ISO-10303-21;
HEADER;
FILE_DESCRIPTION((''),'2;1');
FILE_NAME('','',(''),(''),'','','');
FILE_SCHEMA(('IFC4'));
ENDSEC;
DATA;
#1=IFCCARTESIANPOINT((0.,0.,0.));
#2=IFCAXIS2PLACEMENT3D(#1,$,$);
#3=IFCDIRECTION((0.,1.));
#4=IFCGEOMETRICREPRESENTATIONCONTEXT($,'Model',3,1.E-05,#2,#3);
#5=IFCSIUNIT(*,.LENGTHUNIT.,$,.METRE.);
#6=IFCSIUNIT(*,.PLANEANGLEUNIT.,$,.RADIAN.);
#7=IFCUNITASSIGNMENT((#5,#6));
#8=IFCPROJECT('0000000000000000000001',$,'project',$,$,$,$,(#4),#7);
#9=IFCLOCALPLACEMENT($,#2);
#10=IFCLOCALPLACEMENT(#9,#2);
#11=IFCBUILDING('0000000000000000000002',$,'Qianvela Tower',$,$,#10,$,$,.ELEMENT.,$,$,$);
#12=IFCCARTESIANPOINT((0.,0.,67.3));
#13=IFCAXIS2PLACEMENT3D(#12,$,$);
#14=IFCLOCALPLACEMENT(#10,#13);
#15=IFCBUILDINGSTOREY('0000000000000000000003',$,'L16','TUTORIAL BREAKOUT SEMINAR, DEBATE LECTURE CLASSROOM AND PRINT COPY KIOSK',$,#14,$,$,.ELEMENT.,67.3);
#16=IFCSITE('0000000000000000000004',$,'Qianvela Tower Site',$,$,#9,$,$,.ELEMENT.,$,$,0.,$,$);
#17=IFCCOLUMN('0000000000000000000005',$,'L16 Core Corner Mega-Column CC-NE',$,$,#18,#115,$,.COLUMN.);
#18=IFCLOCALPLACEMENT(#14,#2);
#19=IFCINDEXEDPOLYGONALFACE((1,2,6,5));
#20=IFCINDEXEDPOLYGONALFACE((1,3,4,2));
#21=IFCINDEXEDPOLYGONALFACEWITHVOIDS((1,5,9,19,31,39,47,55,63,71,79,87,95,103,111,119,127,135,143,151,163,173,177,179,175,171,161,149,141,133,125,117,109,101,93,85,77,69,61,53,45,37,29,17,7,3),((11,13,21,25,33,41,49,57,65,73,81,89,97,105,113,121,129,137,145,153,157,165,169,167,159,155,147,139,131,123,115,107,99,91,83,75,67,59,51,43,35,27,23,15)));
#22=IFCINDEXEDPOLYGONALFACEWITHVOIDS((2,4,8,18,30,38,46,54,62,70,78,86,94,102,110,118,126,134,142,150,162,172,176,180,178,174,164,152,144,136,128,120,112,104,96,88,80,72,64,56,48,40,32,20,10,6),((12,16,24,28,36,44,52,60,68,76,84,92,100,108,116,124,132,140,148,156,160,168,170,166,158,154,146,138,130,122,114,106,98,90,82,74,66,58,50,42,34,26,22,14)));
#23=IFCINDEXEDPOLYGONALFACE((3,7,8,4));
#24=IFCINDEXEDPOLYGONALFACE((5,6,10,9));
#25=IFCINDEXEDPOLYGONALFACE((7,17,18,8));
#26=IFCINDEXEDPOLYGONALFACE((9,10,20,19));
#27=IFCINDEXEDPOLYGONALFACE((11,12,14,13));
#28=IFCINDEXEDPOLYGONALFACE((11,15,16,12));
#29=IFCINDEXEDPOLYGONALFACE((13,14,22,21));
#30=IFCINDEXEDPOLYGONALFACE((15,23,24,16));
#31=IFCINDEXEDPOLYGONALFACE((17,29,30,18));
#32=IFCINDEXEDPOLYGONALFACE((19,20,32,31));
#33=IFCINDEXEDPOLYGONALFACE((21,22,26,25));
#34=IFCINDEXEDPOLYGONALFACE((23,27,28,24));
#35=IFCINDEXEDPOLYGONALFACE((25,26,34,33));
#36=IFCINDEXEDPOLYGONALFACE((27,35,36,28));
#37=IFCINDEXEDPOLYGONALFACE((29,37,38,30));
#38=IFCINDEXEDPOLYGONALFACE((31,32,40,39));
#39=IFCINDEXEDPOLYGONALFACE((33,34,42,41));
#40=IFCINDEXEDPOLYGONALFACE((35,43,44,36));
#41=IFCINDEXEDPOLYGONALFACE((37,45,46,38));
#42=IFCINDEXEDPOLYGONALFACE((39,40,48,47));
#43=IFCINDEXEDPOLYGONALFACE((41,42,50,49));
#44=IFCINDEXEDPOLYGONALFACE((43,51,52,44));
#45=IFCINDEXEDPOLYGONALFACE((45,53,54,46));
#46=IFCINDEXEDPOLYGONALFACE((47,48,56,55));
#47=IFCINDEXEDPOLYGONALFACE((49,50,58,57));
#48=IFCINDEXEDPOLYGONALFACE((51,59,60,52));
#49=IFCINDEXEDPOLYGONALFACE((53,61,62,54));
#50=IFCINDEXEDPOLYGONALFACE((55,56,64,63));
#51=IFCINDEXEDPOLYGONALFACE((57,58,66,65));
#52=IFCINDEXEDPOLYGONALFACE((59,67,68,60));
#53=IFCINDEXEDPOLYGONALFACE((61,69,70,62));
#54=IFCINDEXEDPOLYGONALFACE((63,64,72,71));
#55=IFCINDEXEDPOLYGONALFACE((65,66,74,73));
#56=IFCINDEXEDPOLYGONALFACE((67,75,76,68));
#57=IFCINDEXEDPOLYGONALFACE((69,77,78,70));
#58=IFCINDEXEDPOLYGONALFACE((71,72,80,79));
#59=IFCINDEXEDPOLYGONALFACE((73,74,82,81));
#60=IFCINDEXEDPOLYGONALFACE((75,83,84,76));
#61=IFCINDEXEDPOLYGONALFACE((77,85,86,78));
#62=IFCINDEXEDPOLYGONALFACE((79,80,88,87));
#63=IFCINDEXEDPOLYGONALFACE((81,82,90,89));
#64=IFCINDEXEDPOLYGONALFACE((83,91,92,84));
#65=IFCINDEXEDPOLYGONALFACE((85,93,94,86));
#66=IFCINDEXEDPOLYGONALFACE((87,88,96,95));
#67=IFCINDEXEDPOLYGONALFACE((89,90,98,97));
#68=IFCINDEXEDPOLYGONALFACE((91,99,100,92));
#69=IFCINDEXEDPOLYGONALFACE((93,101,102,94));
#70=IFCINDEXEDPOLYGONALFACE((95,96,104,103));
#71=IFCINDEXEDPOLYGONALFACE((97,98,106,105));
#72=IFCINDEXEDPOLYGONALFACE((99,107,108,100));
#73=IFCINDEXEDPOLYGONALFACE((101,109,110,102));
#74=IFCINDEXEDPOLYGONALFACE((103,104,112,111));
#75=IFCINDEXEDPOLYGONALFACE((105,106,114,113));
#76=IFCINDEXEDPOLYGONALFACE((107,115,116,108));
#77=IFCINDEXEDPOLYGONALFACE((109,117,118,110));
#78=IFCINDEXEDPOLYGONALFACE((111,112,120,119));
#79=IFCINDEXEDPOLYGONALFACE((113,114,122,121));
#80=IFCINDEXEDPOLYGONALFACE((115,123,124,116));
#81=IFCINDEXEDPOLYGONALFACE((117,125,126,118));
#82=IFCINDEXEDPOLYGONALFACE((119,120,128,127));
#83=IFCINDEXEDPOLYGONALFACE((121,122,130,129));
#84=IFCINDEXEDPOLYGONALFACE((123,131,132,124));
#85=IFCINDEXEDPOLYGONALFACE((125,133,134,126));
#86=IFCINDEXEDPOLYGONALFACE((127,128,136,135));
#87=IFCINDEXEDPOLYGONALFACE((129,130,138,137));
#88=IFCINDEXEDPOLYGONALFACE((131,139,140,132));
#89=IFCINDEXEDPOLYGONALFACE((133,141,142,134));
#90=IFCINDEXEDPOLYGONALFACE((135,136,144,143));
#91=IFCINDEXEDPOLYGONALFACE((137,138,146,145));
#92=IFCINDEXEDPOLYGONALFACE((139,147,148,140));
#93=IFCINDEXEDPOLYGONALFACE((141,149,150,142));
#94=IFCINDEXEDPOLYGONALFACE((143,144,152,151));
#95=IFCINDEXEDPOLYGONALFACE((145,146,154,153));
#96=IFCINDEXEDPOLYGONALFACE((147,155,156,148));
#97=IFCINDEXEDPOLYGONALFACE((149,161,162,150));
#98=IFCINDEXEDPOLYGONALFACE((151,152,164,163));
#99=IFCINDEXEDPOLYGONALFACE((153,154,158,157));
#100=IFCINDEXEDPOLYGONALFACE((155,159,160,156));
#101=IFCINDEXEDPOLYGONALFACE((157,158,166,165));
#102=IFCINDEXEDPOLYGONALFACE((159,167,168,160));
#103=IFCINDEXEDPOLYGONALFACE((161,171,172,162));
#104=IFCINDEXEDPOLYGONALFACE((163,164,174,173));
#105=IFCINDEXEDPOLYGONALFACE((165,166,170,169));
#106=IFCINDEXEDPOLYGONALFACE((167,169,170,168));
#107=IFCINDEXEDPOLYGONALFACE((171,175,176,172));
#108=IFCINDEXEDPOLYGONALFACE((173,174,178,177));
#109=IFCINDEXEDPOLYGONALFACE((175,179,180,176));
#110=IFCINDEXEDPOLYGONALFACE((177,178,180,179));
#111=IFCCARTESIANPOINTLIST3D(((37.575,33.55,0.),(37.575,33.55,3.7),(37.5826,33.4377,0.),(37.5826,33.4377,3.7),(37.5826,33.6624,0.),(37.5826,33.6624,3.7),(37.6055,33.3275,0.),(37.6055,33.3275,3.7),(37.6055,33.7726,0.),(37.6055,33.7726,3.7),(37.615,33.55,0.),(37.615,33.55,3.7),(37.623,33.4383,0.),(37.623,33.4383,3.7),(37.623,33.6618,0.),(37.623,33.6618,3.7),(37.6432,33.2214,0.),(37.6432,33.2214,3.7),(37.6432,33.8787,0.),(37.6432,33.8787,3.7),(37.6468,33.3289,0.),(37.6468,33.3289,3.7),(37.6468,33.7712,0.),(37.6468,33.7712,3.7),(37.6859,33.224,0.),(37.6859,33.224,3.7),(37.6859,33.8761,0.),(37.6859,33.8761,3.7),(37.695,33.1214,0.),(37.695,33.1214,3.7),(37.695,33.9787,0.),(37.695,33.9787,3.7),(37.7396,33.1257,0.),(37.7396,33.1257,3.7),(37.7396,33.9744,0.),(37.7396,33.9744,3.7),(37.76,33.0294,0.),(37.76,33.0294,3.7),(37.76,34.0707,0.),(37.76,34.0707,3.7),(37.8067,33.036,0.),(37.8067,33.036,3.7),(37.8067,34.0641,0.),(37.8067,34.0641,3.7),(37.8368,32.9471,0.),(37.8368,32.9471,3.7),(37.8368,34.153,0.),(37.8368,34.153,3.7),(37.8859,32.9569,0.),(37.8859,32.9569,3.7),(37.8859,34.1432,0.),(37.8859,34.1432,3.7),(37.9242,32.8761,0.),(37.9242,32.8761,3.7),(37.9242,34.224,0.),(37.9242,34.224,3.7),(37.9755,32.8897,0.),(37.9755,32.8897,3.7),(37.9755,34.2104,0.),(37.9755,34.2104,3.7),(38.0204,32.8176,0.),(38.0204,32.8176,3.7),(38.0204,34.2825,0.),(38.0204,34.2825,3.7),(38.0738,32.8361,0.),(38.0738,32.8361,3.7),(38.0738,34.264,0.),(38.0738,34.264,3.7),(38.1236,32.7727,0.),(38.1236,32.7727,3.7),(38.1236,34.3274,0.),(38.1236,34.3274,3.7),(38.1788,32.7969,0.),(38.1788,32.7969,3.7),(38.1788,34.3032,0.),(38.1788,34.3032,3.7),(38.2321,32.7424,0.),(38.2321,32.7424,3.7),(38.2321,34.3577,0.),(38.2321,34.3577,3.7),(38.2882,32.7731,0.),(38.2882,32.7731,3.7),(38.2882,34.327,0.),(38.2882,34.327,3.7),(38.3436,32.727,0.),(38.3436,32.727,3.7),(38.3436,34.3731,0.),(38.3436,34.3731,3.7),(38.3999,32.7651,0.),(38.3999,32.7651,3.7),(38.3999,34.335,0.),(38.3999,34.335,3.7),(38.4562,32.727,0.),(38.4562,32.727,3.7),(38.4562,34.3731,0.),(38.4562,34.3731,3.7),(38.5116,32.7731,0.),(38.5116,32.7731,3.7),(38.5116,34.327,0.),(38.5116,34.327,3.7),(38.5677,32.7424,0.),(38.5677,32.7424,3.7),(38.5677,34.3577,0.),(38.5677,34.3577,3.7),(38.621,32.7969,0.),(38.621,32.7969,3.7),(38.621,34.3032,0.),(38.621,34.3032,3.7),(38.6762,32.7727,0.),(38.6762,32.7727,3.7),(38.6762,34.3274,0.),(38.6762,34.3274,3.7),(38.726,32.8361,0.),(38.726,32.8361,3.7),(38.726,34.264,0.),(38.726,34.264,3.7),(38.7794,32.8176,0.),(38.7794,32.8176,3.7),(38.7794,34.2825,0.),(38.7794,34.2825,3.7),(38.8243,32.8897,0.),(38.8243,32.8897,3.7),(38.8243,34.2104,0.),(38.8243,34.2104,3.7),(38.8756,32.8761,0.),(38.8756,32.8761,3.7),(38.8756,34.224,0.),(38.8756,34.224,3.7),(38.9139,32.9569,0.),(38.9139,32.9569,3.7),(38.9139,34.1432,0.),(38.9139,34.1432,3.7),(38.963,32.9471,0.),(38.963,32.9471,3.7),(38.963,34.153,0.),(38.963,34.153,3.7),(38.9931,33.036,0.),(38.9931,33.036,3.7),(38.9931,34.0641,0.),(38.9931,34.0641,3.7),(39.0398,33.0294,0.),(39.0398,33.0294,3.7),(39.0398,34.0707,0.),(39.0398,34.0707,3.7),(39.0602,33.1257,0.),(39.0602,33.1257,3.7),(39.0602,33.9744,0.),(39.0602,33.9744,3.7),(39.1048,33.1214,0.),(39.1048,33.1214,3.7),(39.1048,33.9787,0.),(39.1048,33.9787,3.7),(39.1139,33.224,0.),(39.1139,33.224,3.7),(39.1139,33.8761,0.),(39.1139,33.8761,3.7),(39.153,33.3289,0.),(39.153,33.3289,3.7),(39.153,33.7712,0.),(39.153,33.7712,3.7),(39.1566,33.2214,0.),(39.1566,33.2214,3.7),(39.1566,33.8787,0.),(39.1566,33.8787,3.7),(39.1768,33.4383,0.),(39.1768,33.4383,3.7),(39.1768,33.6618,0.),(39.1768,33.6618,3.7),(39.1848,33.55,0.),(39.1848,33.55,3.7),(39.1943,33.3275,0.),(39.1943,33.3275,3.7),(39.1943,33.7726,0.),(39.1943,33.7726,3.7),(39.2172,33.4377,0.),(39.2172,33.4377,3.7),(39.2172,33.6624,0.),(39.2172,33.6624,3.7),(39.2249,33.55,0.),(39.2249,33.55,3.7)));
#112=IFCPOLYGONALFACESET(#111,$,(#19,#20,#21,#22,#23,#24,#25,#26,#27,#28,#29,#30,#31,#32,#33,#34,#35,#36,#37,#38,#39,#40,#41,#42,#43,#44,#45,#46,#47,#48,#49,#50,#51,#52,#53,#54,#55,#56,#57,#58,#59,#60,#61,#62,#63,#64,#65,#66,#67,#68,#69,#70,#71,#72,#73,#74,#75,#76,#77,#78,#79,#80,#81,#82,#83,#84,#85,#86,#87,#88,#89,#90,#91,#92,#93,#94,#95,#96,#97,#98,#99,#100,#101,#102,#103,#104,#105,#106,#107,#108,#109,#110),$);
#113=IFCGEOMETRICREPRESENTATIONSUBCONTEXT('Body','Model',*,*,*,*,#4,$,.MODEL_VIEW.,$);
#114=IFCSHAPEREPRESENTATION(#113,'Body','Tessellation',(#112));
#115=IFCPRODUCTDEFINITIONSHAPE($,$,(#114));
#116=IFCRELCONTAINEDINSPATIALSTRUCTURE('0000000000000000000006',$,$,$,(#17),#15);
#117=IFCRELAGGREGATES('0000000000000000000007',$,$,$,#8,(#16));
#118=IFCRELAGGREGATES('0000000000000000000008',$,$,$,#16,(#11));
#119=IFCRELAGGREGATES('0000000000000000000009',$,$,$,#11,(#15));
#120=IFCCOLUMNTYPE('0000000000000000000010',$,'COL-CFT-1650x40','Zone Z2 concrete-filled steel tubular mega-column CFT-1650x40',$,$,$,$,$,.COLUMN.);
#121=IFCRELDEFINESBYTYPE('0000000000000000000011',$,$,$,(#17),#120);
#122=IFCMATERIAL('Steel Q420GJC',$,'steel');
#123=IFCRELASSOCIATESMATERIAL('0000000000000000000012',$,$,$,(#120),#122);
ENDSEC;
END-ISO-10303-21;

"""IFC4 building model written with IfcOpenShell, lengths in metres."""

from ifc_helpers import new_model, si_unit, direction, frame, origin, origin_2d, place, context, subcontext, project, spatial, hollow_circle, extrude, material, material_profile, profile_set, type_object, element, save


model = new_model("IFC4")

# Units and contexts
model_context = context("Model", 3, precision=1e-05, world=origin(), true_north=direction((0.0, 1.0)))
body_context = subcontext(model_context, "Body", "Model", "MODEL_VIEW")
ifc_project = project(units=[si_unit("LENGTHUNIT", "METRE"), si_unit("PLANEANGLEUNIT", "RADIAN")], contexts=[model_context])

# Site, building, storey
site_placement = place(None, origin())
site = spatial("IfcSite", under=ifc_project, at=site_placement, Name="Qianvela Tower Site", CompositionType="ELEMENT", RefElevation=0.0)
building_placement = place(site_placement, origin())
building = spatial("IfcBuilding", under=site, at=building_placement, Name="Qianvela Tower", CompositionType="ELEMENT")
storey_placement = place(building_placement, frame((0.0, 0.0, 67.3)))
storey = spatial("IfcBuildingStorey", under=building, at=storey_placement, Name="L16", Description="TUTORIAL BREAKOUT SEMINAR, DEBATE LECTURE CLASSROOM AND PRINT COPY KIOSK", CompositionType="ELEMENT", Elevation=67.3)

# Column
ifc_material_1 = material(Name="Steel Q420GJC", Category="steel")
ifc_material_profile_1 = material_profile(ifc_material_1, hollow_circle(Radius=0.825, WallThickness=0.04, at=origin_2d()), Name="CFT-1650x40")
ifc_profile_set_1 = profile_set([ifc_material_profile_1], Name="Steel Q420GJC")
column_type = type_object("IfcColumnType", Name="COL-CFT-1650x40", Description="Zone Z2 concrete-filled steel tubular mega-column CFT-1650x40", PredefinedType="COLUMN", material=ifc_profile_set_1)
for number, where, z_axis, x_axis, name in (
    (1, (38.3999, 33.55, 0.0), (0.0, 0.0, 1.0), (1.0, 0.0, 0.0), "L16 Core Corner Mega-Column CC-NE"),
):
    element("IfcColumn", number, at=place(storey_placement, frame(where, z_axis=z_axis, x_axis=x_axis)), inside=storey, type_object=column_type, Name=name, PredefinedType="COLUMN", context=body_context, shape_type="SweptSolid", body=[
        extrude(hollow_circle(Radius=0.825, WallThickness=0.04, at=origin_2d()), origin(), (0.0, 0.0, 1.0), 3.7),
    ])

save(model, "model.ifc")
